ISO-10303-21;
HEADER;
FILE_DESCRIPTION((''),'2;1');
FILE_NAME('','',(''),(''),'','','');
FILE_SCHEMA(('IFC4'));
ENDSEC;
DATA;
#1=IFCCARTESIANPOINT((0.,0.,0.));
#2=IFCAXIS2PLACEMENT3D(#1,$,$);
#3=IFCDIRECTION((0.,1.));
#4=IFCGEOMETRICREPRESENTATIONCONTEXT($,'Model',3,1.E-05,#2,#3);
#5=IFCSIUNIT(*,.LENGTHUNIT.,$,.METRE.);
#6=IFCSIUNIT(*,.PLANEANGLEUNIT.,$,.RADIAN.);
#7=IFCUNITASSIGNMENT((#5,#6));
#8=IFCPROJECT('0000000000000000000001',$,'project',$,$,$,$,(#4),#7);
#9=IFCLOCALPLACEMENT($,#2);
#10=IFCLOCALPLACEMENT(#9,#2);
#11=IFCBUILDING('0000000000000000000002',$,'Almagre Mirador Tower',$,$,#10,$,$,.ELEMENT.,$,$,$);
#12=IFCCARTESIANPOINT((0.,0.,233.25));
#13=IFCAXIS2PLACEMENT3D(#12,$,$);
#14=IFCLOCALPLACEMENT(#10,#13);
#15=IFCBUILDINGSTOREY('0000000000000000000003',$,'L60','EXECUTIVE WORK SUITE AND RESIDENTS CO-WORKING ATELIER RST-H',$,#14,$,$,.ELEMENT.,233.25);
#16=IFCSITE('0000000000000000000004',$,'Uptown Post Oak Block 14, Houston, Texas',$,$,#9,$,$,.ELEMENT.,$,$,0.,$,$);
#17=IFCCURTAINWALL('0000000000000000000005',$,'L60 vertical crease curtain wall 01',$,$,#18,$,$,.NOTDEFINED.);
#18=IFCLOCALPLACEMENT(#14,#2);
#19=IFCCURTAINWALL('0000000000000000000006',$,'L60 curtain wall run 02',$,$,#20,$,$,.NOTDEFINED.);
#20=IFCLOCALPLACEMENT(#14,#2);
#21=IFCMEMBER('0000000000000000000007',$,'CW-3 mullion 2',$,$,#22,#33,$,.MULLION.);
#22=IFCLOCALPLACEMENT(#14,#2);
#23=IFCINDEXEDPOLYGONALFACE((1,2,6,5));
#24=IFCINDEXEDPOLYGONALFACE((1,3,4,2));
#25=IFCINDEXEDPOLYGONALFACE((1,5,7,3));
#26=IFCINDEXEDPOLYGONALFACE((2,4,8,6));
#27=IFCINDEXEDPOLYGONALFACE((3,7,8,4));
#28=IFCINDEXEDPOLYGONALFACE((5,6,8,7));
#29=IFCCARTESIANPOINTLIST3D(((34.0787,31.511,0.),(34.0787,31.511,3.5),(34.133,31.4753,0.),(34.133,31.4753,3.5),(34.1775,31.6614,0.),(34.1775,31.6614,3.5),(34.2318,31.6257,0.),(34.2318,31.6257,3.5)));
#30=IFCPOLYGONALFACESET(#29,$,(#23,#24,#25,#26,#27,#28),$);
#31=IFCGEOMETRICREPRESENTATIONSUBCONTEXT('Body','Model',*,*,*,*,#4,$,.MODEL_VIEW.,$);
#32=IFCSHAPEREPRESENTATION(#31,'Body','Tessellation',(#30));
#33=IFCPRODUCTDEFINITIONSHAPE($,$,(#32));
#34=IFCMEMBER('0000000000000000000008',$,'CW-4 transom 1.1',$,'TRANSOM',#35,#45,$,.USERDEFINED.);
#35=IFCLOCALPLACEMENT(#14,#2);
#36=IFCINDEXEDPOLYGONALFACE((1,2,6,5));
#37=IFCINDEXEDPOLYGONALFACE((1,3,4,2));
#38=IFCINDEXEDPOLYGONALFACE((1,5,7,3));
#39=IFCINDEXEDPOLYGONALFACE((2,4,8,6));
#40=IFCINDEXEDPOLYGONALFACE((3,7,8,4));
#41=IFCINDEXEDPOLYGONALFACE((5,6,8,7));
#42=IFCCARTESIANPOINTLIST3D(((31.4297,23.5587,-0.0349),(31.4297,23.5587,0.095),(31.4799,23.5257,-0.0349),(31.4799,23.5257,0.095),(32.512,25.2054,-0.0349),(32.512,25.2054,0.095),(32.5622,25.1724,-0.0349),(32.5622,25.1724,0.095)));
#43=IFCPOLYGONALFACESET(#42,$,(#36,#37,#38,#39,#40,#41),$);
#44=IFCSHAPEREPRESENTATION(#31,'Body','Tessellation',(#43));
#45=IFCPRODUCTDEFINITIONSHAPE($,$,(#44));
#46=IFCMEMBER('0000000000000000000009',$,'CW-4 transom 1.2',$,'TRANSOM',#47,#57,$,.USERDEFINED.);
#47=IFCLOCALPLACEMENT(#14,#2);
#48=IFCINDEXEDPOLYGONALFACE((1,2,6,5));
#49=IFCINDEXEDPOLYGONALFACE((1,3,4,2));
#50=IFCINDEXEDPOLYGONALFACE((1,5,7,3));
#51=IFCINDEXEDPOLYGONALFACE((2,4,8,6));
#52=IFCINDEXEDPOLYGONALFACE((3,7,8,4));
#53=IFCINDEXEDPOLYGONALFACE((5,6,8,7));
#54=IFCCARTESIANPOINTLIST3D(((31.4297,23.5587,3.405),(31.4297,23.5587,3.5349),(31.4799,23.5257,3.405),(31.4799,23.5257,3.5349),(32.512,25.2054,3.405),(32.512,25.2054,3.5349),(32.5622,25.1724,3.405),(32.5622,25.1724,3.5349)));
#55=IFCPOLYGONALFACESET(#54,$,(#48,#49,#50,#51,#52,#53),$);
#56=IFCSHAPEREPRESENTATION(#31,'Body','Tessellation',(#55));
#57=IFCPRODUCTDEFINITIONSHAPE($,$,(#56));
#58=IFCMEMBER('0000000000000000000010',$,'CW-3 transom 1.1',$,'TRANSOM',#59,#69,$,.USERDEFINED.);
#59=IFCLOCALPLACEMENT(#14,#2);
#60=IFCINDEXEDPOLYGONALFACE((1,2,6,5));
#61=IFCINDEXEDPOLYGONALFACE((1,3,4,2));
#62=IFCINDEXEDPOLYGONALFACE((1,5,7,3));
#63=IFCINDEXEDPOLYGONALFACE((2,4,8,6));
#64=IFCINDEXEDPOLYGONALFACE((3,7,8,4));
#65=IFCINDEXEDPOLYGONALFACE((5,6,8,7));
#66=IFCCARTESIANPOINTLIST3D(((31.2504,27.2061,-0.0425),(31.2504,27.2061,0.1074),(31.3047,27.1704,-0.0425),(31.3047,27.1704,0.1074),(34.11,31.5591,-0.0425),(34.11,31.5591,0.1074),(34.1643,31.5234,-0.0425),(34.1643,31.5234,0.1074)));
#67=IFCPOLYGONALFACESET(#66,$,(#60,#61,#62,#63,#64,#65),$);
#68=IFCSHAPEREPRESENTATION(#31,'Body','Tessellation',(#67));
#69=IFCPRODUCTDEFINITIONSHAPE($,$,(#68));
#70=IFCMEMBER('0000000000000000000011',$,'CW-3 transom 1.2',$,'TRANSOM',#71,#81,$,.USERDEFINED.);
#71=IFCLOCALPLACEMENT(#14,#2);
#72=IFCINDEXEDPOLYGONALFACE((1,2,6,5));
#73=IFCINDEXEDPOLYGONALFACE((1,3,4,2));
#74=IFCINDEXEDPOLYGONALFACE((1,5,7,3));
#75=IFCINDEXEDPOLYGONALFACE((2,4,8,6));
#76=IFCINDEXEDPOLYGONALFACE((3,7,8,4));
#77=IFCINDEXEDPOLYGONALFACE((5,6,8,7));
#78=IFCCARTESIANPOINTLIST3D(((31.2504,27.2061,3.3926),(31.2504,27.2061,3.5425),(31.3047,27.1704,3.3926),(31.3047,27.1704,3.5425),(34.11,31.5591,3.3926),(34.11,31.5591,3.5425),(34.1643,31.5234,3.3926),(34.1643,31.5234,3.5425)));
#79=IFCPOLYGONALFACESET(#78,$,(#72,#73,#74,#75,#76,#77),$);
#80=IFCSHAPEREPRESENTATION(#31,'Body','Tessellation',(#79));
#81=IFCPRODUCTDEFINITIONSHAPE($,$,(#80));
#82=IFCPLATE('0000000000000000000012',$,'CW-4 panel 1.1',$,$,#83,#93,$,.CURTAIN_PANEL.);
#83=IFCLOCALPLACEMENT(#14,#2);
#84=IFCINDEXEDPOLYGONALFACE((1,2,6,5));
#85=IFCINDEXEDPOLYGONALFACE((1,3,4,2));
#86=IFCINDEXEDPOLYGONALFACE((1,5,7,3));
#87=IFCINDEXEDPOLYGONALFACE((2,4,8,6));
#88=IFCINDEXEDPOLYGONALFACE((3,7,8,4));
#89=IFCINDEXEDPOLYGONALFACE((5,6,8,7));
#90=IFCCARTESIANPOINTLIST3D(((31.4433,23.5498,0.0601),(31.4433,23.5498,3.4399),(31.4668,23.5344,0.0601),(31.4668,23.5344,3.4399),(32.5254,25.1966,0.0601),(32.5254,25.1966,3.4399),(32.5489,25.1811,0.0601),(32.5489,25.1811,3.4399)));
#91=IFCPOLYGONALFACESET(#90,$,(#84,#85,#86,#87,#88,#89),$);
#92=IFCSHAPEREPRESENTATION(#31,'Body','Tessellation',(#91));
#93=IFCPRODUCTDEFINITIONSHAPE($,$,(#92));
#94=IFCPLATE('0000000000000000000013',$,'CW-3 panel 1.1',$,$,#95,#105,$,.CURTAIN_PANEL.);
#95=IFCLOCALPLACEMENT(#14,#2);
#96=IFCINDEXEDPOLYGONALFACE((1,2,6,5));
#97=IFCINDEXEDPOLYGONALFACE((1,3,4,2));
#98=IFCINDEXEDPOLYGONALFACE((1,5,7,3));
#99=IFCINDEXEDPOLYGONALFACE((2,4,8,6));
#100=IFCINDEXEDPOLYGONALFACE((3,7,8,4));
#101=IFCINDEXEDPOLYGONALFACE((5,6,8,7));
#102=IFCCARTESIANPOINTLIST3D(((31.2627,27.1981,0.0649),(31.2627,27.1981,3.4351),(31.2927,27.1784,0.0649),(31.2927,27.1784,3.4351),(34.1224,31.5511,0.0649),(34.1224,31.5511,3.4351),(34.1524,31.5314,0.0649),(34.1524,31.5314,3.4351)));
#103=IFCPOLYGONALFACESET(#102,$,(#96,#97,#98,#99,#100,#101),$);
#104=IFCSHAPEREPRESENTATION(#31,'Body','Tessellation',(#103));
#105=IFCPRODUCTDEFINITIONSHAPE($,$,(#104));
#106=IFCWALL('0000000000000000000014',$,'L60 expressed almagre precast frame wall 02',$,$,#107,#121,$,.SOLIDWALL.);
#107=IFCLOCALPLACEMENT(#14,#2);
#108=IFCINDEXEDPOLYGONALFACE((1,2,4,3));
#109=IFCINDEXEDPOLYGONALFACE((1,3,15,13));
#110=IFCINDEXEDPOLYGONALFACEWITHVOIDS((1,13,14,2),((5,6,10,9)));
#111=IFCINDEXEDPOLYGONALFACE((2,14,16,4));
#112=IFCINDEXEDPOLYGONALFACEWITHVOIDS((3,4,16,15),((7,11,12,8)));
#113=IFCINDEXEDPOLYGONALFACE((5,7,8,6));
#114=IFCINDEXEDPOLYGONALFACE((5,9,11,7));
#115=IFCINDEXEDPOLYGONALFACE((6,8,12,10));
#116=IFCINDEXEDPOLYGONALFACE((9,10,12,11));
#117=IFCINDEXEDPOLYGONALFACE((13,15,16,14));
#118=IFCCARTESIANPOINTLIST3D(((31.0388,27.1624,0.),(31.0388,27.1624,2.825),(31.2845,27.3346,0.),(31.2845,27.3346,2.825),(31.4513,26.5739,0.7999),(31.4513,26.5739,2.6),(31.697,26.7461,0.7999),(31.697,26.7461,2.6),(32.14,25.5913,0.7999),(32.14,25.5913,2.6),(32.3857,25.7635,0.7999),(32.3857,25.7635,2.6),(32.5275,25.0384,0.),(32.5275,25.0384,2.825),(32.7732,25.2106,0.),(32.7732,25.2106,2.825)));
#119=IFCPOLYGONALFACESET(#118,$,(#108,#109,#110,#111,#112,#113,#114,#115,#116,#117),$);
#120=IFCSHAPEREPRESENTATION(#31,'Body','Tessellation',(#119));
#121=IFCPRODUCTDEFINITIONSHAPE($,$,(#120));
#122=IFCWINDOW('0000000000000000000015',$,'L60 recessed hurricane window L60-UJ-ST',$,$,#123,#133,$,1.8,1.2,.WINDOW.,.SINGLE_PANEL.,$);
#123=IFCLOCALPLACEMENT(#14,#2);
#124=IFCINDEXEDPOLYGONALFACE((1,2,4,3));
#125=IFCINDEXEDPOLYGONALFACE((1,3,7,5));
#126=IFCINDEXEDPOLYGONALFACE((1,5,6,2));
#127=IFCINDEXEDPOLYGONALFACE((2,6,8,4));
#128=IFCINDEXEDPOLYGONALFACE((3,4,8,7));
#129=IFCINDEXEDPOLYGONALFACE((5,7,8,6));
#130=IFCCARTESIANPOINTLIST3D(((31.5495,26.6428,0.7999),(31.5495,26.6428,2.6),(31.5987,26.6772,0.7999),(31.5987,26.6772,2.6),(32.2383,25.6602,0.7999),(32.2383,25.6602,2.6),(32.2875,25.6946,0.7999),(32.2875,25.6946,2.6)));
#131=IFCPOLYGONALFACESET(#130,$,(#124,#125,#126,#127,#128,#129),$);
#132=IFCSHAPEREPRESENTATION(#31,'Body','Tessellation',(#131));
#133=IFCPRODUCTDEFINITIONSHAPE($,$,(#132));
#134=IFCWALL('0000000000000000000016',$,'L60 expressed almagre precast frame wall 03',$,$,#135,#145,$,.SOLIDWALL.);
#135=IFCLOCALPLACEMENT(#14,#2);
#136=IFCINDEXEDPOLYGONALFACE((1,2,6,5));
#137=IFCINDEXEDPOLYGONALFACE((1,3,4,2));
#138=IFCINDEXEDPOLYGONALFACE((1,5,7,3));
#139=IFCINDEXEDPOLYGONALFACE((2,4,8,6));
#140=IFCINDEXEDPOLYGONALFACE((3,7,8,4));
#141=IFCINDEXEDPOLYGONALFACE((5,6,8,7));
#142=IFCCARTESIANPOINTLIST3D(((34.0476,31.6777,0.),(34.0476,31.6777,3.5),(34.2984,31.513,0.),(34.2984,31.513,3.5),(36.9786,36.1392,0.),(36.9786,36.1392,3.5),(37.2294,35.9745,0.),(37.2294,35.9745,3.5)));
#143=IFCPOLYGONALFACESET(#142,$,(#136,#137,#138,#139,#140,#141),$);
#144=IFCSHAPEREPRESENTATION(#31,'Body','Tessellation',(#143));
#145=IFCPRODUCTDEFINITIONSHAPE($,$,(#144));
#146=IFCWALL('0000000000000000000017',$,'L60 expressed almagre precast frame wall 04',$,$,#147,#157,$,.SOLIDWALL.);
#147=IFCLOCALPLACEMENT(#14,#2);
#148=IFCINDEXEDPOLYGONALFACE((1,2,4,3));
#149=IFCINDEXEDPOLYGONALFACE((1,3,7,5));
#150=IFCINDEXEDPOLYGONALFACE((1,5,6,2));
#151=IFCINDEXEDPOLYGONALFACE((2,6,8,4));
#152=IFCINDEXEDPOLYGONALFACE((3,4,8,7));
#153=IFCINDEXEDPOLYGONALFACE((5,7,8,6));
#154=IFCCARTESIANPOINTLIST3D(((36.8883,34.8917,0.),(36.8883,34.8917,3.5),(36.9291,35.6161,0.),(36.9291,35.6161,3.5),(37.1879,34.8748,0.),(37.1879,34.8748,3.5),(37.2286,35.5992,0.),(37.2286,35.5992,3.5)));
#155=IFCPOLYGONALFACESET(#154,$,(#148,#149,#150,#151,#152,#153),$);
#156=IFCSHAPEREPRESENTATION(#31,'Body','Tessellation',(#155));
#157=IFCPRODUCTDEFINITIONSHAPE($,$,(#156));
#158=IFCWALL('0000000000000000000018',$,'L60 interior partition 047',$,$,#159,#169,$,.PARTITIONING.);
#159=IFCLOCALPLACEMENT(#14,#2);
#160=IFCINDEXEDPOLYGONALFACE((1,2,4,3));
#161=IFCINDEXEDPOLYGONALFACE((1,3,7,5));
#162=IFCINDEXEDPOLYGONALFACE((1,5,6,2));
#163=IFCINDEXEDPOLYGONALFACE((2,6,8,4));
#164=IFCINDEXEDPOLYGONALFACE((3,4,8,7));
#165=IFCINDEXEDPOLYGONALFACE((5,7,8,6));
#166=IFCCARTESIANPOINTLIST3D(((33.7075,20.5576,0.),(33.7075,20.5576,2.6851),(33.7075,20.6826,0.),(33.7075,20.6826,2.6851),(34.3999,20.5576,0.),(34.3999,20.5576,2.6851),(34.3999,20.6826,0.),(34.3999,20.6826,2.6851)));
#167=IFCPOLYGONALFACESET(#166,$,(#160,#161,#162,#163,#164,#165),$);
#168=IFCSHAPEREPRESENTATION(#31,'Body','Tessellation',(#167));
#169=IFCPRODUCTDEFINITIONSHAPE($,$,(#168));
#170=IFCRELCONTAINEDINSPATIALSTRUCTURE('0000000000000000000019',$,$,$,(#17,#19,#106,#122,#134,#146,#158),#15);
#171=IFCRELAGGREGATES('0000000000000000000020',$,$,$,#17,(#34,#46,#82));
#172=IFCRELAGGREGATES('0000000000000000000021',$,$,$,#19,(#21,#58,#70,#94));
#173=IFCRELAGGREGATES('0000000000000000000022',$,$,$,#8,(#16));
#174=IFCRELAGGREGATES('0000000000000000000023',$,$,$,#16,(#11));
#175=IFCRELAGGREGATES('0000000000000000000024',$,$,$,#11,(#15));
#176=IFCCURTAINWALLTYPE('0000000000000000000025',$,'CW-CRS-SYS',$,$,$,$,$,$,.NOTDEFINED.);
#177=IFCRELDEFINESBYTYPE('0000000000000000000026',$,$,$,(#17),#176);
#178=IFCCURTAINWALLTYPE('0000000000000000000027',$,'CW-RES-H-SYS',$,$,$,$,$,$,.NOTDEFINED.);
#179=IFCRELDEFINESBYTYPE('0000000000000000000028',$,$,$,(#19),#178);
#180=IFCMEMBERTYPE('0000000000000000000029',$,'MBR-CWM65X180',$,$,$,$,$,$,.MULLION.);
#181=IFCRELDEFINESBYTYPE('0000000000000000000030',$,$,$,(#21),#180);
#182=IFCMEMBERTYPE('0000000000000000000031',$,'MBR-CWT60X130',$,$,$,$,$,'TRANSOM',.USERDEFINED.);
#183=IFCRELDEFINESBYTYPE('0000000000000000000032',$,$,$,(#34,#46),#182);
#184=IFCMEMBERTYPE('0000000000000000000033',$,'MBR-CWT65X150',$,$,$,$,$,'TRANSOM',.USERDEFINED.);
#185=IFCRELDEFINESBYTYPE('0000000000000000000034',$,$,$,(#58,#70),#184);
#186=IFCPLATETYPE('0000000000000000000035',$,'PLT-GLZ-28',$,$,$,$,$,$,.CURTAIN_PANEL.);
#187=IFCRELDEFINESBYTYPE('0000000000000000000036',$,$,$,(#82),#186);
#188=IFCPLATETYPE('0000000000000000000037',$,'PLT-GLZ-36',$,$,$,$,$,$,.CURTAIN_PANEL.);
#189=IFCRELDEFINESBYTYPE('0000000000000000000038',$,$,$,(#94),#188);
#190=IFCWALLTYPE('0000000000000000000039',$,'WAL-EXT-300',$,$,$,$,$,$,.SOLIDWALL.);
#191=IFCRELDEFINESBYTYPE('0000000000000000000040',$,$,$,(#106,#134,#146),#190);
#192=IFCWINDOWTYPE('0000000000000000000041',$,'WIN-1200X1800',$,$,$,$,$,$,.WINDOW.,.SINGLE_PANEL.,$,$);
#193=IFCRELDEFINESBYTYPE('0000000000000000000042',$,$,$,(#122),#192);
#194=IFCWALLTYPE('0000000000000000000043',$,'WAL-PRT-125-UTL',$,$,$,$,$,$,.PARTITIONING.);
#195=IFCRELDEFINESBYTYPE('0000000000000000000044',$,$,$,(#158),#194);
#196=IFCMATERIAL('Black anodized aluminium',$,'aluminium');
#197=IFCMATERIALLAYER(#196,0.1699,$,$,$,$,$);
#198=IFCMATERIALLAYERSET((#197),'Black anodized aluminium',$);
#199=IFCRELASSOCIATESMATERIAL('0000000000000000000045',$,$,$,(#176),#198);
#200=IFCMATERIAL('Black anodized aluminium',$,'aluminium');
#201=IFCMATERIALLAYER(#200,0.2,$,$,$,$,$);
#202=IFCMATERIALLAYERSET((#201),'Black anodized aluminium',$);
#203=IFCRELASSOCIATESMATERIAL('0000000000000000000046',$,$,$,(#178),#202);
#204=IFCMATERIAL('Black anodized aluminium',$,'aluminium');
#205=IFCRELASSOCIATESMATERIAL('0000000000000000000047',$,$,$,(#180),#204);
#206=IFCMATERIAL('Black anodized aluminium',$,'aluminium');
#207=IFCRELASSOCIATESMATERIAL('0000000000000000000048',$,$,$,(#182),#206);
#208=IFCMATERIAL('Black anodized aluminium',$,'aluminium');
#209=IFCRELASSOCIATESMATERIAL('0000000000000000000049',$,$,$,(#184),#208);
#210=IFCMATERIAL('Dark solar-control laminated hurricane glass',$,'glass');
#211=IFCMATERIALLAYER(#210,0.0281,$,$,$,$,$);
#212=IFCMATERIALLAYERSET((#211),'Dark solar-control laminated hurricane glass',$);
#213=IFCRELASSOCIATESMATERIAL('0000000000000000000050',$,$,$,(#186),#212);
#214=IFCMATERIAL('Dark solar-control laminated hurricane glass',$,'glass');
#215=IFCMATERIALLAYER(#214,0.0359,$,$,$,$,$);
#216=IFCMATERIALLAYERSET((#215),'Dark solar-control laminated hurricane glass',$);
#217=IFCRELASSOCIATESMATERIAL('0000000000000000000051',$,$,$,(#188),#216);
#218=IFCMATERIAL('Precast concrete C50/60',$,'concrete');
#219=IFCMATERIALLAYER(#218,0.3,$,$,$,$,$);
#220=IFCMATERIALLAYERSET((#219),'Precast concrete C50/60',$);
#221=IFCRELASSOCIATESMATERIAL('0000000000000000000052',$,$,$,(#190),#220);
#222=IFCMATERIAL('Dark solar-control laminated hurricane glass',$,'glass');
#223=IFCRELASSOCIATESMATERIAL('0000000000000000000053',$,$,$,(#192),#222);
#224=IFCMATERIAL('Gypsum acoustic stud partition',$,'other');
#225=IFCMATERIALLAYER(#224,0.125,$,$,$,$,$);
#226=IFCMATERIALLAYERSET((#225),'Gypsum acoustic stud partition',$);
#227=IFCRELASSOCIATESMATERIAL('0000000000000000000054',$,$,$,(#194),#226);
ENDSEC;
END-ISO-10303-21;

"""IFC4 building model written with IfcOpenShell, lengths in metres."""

from ifc_helpers import new_model, si_unit, direction, frame, frame_2d, origin, origin_2d, place, context, subcontext, project, spatial, rectangle, extrude, material, layer, layer_set, material_profile, profile_set, type_object, element, fill, aggregate, save


model = new_model("IFC4")

# Units and contexts
model_context = context("Model", 3, precision=1e-05, world=origin(), true_north=direction((0.0, 1.0)))
body_context = subcontext(model_context, "Body", "Model", "MODEL_VIEW")
ifc_project = project(units=[si_unit("LENGTHUNIT", "METRE"), si_unit("PLANEANGLEUNIT", "RADIAN")], contexts=[model_context])

# Site, building, storey
site_placement = place(None, origin())
site = spatial("IfcSite", under=ifc_project, at=site_placement, Name="Uptown Post Oak Block 14, Houston, Texas", CompositionType="ELEMENT", RefElevation=0.0)
building_placement = place(site_placement, origin())
building = spatial("IfcBuilding", under=site, at=building_placement, Name="Almagre Mirador Tower", CompositionType="ELEMENT")
storey_placement = place(building_placement, frame((0.0, 0.0, 233.25)))
storey = spatial("IfcBuildingStorey", under=building, at=storey_placement, Name="L60", Description="EXECUTIVE WORK SUITE AND RESIDENTS CO-WORKING ATELIER RST-H", CompositionType="ELEMENT", Elevation=233.25)

# Curtain walls, member
ifc_material_1 = material(Name="Black anodized aluminium", Category="aluminium")
ifc_layer_1 = layer(ifc_material_1, 0.1699)
ifc_layer_set_1 = layer_set([ifc_layer_1], Name="Black anodized aluminium")
curtain_wall_type_1 = type_object("IfcCurtainWallType", Name="CW-CRS-SYS", PredefinedType="NOTDEFINED", material=ifc_layer_set_1)
curtain_wall_1_placement = place(storey_placement, origin())
curtain_wall_1 = element("IfcCurtainWall", 1, at=curtain_wall_1_placement, inside=storey, type_object=curtain_wall_type_1, Name="L60 vertical crease curtain wall 01", PredefinedType="NOTDEFINED")
ifc_material_2 = material(Name="Black anodized aluminium", Category="aluminium")
ifc_layer_2 = layer(ifc_material_2, 0.2)
ifc_layer_set_2 = layer_set([ifc_layer_2], Name="Black anodized aluminium")
curtain_wall_type_2 = type_object("IfcCurtainWallType", Name="CW-RES-H-SYS", PredefinedType="NOTDEFINED", material=ifc_layer_set_2)
curtain_wall_2_placement = place(storey_placement, origin())
curtain_wall_2 = element("IfcCurtainWall", 2, at=curtain_wall_2_placement, inside=storey, type_object=curtain_wall_type_2, Name="L60 curtain wall run 02", PredefinedType="NOTDEFINED")
ifc_material_3 = material(Name="Black anodized aluminium", Category="aluminium")
ifc_material_profile_1 = material_profile(ifc_material_3, rectangle(XDim=0.0649, YDim=0.1799, at=origin_2d()), Name="CWM65X180")
ifc_profile_set_1 = profile_set([ifc_material_profile_1], Name="Black anodized aluminium")
member_type_1 = type_object("IfcMemberType", Name="MBR-CWM65X180", PredefinedType="MULLION", material=ifc_profile_set_1)
member_1_placement = place(storey_placement, frame((34.1553, 31.5684, 0.0), z_axis=(0.0, 0.0, 1.0), x_axis=(-0.835778, 0.549068, 0.0)))
member_1 = element("IfcMember", 3, at=member_1_placement, type_object=member_type_1, Name="CW-3 mullion 2", PredefinedType="MULLION", context=body_context, shape_type="SweptSolid", body=[
    extrude(rectangle(XDim=0.0649, YDim=0.1799, at=origin_2d()), origin(), (0.0, 0.0, 1.0), 3.5),
])

# Members
ifc_material_4 = material(Name="Black anodized aluminium", Category="aluminium")
ifc_material_profile_2 = material_profile(ifc_material_4, rectangle(XDim=0.0601, YDim=0.1299, at=origin_2d()), Name="CWT60X130")
ifc_profile_set_2 = profile_set([ifc_material_profile_2], Name="Black anodized aluminium")
member_type_2 = type_object("IfcMemberType", Name="MBR-CWT60X130", ElementType="TRANSOM", PredefinedType="USERDEFINED", material=ifc_profile_set_2)
member_2_placement = place(storey_placement, frame((31.4548, 23.5422, 0.03), z_axis=(0.549227, 0.835673, 0.0), x_axis=(-0.835673, 0.549227, 0.0)))
member_2 = element("IfcMember", 4, at=member_2_placement, type_object=member_type_2, Name="CW-4 transom 1.1", ObjectType="TRANSOM", PredefinedType="USERDEFINED", context=body_context, shape_type="SweptSolid", body=[
    extrude(rectangle(XDim=0.0601, YDim=0.1299, at=origin_2d()), origin(), (0.0, 0.0, 1.0), 1.9705),
])
member_3_placement = place(storey_placement, frame((31.4548, 23.5422, 3.47), z_axis=(0.549227, 0.835673, 0.0), x_axis=(-0.835673, 0.549227, 0.0)))
member_3 = element("IfcMember", 5, at=member_3_placement, type_object=member_type_2, Name="CW-4 transom 1.2", ObjectType="TRANSOM", PredefinedType="USERDEFINED", context=body_context, shape_type="SweptSolid", body=[
    extrude(rectangle(XDim=0.0601, YDim=0.1299, at=origin_2d()), origin(), (0.0, 0.0, 1.0), 1.9705),
])
ifc_material_5 = material(Name="Black anodized aluminium", Category="aluminium")
ifc_material_profile_3 = material_profile(ifc_material_5, rectangle(XDim=0.0649, YDim=0.1499, at=origin_2d()), Name="CWT65X150")
ifc_profile_set_3 = profile_set([ifc_material_profile_3], Name="Black anodized aluminium")
member_type_3 = type_object("IfcMemberType", Name="MBR-CWT65X150", ElementType="TRANSOM", PredefinedType="USERDEFINED", material=ifc_profile_set_3)
member_4_placement = place(storey_placement, frame((31.2776, 27.1882, 0.0325), z_axis=(0.549052, 0.835788, 0.0), x_axis=(-0.835788, 0.549052, 0.0)))
member_4 = element("IfcMember", 6, at=member_4_placement, type_object=member_type_3, Name="CW-3 transom 1.1", ObjectType="TRANSOM", PredefinedType="USERDEFINED", context=body_context, shape_type="SweptSolid", body=[
    extrude(rectangle(XDim=0.0649, YDim=0.1499, at=origin_2d()), origin(), (0.0, 0.0, 1.0), 5.2083),
])
member_5_placement = place(storey_placement, frame((31.2776, 27.1882, 3.4675), z_axis=(0.549052, 0.835788, 0.0), x_axis=(-0.835788, 0.549052, 0.0)))
member_5 = element("IfcMember", 7, at=member_5_placement, type_object=member_type_3, Name="CW-3 transom 1.2", ObjectType="TRANSOM", PredefinedType="USERDEFINED", context=body_context, shape_type="SweptSolid", body=[
    extrude(rectangle(XDim=0.0649, YDim=0.1499, at=origin_2d()), origin(), (0.0, 0.0, 1.0), 5.2083),
])

# Plates
ifc_material_6 = material(Name="Dark solar-control laminated hurricane glass", Category="glass")
ifc_layer_3 = layer(ifc_material_6, 0.0281)
ifc_layer_set_3 = layer_set([ifc_layer_3], Name="Dark solar-control laminated hurricane glass")
plate_type_1 = type_object("IfcPlateType", Name="PLT-GLZ-28", PredefinedType="CURTAIN_PANEL", material=ifc_layer_set_3)
plate_1_placement = place(storey_placement, frame((31.9961, 24.3655, 0.0601), z_axis=(0.0, 0.0, 1.0), x_axis=(0.549168, 0.835712, 0.0)))
plate_1 = element("IfcPlate", 8, at=plate_1_placement, type_object=plate_type_1, Name="CW-4 panel 1.1", PredefinedType="CURTAIN_PANEL", context=body_context, shape_type="SweptSolid", body=[
    extrude(rectangle(XDim=1.9705, YDim=0.0281, at=origin_2d()), origin(), (0.0, 0.0, 1.0), 3.3799),
])
aggregate(curtain_wall_1, [member_2, member_3, plate_1])
ifc_material_7 = material(Name="Dark solar-control laminated hurricane glass", Category="glass")
ifc_layer_4 = layer(ifc_material_7, 0.0359)
ifc_layer_set_4 = layer_set([ifc_layer_4], Name="Dark solar-control laminated hurricane glass")
plate_type_2 = type_object("IfcPlateType", Name="PLT-GLZ-36", PredefinedType="CURTAIN_PANEL", material=ifc_layer_set_4)
plate_2_placement = place(storey_placement, frame((32.7075, 29.3647, 0.0649), z_axis=(0.0, 0.0, 1.0), x_axis=(0.549068, 0.835778, 0.0)))
plate_2 = element("IfcPlate", 9, at=plate_2_placement, type_object=plate_type_2, Name="CW-3 panel 1.1", PredefinedType="CURTAIN_PANEL", context=body_context, shape_type="SweptSolid", body=[
    extrude(rectangle(XDim=5.2083, YDim=0.0359, at=origin_2d()), origin(), (0.0, 0.0, 1.0), 3.3701),
])
aggregate(curtain_wall_2, [member_1, member_4, member_5, plate_2])

# Wall, opening, window
ifc_material_8 = material(Name="Precast concrete C50/60", Category="concrete")
ifc_layer_5 = layer(ifc_material_8, 0.3)
ifc_layer_set_5 = layer_set([ifc_layer_5], Name="Precast concrete C50/60")
wall_type_1 = type_object("IfcWallType", Name="WAL-EXT-300", PredefinedType="SOLIDWALL", material=ifc_layer_set_5)
wall_1_placement = place(storey_placement, frame((32.6504, 25.1245, 0.0), z_axis=(0.0, 0.0, 1.0), x_axis=(-0.573968, 0.818878, 0.0)))
wall_1 = element("IfcWall", 10, at=wall_1_placement, inside=storey, type_object=wall_type_1, Name="L60 expressed almagre precast frame wall 02", PredefinedType="SOLIDWALL", context=body_context, shape_type="SweptSolid", body=[
    extrude(rectangle(XDim=2.5938, YDim=0.3, at=frame_2d((1.2969, 0.0))), origin(), (0.0, 0.0, 1.0), 2.825),
])
opening_1_placement = place(wall_1_placement, frame((0.675, 0.0, 0.8)))
opening_1 = element("IfcOpeningElement", 11, at=opening_1_placement, cuts=wall_1, PredefinedType="OPENING", context=body_context, shape_type="SweptSolid", body=[
    extrude(rectangle(XDim=1.2, YDim=1.8, at=frame_2d((0.6001, 0.8999))), frame((0.0, 0.1599, 0.0), z_axis=(0.0, -1.0, 0.0), x_axis=(1.0, 0.0, 0.0)), (0.0, 0.0, 1.0), 0.32),
])
ifc_material_9 = material(Name="Dark solar-control laminated hurricane glass", Category="glass")
window_type = type_object("IfcWindowType", Name="WIN-1200X1800", PartitioningType="SINGLE_PANEL", PredefinedType="WINDOW", material=ifc_material_9)
window_placement = place(opening_1_placement, origin())
window = element("IfcWindow", 12, at=window_placement, inside=storey, type_object=window_type, Name="L60 recessed hurricane window L60-UJ-ST", OverallHeight=1.8, OverallWidth=1.2, PartitioningType="SINGLE_PANEL", PredefinedType="WINDOW", context=body_context, shape_type="SweptSolid", body=[
    extrude(rectangle(XDim=1.2, YDim=1.8, at=frame_2d((0.6001, 0.8999))), frame((0.0, 0.03, 0.0), z_axis=(0.0, -1.0, 0.0), x_axis=(1.0, 0.0, 0.0)), (0.0, 0.0, 1.0), 0.0601),
])
fill(opening_1, window)

# Walls
wall_2_placement = place(storey_placement, frame((34.1731, 31.5955, 0.0), z_axis=(0.0, 0.0, 1.0), x_axis=(0.549062, 0.835782, 0.0)))
element("IfcWall", 13, at=wall_2_placement, inside=storey, type_object=wall_type_1, Name="L60 expressed almagre precast frame wall 03", PredefinedType="SOLIDWALL", context=body_context, shape_type="SweptSolid", body=[
    extrude(rectangle(XDim=5.3381, YDim=0.3, at=frame_2d((2.6689, 0.0))), origin(), (0.0, 0.0, 1.0), 3.5),
])
wall_3_placement = place(storey_placement, frame((37.0789, 35.6077, 0.0), z_axis=(0.0, 0.0, 1.0), x_axis=(-0.056197, -0.99842, 0.0)))
element("IfcWall", 14, at=wall_3_placement, inside=storey, type_object=wall_type_1, Name="L60 expressed almagre precast frame wall 04", PredefinedType="SOLIDWALL", context=body_context, shape_type="SweptSolid", body=[
    extrude(rectangle(XDim=0.7256, YDim=0.3, at=frame_2d((0.3628, 0.0))), origin(), (0.0, 0.0, 1.0), 3.5),
])
ifc_material_10 = material(Name="Gypsum acoustic stud partition", Category="other")
ifc_layer_6 = layer(ifc_material_10, 0.125)
ifc_layer_set_6 = layer_set([ifc_layer_6], Name="Gypsum acoustic stud partition")
wall_type_2 = type_object("IfcWallType", Name="WAL-PRT-125-UTL", PredefinedType="PARTITIONING", material=ifc_layer_set_6)
wall_4_placement = place(storey_placement, frame((34.3999, 20.6201, 0.0), z_axis=(0.0, 0.0, 1.0), x_axis=(-1.0, 0.0, 0.0)))
element("IfcWall", 15, at=wall_4_placement, inside=storey, type_object=wall_type_2, Name="L60 interior partition 047", PredefinedType="PARTITIONING", context=body_context, shape_type="SweptSolid", body=[
    extrude(rectangle(XDim=0.6924, YDim=0.125, at=frame_2d((0.3462, 0.0))), origin(), (0.0, 0.0, 1.0), 2.6851),
])

save(model, "model.ifc")
